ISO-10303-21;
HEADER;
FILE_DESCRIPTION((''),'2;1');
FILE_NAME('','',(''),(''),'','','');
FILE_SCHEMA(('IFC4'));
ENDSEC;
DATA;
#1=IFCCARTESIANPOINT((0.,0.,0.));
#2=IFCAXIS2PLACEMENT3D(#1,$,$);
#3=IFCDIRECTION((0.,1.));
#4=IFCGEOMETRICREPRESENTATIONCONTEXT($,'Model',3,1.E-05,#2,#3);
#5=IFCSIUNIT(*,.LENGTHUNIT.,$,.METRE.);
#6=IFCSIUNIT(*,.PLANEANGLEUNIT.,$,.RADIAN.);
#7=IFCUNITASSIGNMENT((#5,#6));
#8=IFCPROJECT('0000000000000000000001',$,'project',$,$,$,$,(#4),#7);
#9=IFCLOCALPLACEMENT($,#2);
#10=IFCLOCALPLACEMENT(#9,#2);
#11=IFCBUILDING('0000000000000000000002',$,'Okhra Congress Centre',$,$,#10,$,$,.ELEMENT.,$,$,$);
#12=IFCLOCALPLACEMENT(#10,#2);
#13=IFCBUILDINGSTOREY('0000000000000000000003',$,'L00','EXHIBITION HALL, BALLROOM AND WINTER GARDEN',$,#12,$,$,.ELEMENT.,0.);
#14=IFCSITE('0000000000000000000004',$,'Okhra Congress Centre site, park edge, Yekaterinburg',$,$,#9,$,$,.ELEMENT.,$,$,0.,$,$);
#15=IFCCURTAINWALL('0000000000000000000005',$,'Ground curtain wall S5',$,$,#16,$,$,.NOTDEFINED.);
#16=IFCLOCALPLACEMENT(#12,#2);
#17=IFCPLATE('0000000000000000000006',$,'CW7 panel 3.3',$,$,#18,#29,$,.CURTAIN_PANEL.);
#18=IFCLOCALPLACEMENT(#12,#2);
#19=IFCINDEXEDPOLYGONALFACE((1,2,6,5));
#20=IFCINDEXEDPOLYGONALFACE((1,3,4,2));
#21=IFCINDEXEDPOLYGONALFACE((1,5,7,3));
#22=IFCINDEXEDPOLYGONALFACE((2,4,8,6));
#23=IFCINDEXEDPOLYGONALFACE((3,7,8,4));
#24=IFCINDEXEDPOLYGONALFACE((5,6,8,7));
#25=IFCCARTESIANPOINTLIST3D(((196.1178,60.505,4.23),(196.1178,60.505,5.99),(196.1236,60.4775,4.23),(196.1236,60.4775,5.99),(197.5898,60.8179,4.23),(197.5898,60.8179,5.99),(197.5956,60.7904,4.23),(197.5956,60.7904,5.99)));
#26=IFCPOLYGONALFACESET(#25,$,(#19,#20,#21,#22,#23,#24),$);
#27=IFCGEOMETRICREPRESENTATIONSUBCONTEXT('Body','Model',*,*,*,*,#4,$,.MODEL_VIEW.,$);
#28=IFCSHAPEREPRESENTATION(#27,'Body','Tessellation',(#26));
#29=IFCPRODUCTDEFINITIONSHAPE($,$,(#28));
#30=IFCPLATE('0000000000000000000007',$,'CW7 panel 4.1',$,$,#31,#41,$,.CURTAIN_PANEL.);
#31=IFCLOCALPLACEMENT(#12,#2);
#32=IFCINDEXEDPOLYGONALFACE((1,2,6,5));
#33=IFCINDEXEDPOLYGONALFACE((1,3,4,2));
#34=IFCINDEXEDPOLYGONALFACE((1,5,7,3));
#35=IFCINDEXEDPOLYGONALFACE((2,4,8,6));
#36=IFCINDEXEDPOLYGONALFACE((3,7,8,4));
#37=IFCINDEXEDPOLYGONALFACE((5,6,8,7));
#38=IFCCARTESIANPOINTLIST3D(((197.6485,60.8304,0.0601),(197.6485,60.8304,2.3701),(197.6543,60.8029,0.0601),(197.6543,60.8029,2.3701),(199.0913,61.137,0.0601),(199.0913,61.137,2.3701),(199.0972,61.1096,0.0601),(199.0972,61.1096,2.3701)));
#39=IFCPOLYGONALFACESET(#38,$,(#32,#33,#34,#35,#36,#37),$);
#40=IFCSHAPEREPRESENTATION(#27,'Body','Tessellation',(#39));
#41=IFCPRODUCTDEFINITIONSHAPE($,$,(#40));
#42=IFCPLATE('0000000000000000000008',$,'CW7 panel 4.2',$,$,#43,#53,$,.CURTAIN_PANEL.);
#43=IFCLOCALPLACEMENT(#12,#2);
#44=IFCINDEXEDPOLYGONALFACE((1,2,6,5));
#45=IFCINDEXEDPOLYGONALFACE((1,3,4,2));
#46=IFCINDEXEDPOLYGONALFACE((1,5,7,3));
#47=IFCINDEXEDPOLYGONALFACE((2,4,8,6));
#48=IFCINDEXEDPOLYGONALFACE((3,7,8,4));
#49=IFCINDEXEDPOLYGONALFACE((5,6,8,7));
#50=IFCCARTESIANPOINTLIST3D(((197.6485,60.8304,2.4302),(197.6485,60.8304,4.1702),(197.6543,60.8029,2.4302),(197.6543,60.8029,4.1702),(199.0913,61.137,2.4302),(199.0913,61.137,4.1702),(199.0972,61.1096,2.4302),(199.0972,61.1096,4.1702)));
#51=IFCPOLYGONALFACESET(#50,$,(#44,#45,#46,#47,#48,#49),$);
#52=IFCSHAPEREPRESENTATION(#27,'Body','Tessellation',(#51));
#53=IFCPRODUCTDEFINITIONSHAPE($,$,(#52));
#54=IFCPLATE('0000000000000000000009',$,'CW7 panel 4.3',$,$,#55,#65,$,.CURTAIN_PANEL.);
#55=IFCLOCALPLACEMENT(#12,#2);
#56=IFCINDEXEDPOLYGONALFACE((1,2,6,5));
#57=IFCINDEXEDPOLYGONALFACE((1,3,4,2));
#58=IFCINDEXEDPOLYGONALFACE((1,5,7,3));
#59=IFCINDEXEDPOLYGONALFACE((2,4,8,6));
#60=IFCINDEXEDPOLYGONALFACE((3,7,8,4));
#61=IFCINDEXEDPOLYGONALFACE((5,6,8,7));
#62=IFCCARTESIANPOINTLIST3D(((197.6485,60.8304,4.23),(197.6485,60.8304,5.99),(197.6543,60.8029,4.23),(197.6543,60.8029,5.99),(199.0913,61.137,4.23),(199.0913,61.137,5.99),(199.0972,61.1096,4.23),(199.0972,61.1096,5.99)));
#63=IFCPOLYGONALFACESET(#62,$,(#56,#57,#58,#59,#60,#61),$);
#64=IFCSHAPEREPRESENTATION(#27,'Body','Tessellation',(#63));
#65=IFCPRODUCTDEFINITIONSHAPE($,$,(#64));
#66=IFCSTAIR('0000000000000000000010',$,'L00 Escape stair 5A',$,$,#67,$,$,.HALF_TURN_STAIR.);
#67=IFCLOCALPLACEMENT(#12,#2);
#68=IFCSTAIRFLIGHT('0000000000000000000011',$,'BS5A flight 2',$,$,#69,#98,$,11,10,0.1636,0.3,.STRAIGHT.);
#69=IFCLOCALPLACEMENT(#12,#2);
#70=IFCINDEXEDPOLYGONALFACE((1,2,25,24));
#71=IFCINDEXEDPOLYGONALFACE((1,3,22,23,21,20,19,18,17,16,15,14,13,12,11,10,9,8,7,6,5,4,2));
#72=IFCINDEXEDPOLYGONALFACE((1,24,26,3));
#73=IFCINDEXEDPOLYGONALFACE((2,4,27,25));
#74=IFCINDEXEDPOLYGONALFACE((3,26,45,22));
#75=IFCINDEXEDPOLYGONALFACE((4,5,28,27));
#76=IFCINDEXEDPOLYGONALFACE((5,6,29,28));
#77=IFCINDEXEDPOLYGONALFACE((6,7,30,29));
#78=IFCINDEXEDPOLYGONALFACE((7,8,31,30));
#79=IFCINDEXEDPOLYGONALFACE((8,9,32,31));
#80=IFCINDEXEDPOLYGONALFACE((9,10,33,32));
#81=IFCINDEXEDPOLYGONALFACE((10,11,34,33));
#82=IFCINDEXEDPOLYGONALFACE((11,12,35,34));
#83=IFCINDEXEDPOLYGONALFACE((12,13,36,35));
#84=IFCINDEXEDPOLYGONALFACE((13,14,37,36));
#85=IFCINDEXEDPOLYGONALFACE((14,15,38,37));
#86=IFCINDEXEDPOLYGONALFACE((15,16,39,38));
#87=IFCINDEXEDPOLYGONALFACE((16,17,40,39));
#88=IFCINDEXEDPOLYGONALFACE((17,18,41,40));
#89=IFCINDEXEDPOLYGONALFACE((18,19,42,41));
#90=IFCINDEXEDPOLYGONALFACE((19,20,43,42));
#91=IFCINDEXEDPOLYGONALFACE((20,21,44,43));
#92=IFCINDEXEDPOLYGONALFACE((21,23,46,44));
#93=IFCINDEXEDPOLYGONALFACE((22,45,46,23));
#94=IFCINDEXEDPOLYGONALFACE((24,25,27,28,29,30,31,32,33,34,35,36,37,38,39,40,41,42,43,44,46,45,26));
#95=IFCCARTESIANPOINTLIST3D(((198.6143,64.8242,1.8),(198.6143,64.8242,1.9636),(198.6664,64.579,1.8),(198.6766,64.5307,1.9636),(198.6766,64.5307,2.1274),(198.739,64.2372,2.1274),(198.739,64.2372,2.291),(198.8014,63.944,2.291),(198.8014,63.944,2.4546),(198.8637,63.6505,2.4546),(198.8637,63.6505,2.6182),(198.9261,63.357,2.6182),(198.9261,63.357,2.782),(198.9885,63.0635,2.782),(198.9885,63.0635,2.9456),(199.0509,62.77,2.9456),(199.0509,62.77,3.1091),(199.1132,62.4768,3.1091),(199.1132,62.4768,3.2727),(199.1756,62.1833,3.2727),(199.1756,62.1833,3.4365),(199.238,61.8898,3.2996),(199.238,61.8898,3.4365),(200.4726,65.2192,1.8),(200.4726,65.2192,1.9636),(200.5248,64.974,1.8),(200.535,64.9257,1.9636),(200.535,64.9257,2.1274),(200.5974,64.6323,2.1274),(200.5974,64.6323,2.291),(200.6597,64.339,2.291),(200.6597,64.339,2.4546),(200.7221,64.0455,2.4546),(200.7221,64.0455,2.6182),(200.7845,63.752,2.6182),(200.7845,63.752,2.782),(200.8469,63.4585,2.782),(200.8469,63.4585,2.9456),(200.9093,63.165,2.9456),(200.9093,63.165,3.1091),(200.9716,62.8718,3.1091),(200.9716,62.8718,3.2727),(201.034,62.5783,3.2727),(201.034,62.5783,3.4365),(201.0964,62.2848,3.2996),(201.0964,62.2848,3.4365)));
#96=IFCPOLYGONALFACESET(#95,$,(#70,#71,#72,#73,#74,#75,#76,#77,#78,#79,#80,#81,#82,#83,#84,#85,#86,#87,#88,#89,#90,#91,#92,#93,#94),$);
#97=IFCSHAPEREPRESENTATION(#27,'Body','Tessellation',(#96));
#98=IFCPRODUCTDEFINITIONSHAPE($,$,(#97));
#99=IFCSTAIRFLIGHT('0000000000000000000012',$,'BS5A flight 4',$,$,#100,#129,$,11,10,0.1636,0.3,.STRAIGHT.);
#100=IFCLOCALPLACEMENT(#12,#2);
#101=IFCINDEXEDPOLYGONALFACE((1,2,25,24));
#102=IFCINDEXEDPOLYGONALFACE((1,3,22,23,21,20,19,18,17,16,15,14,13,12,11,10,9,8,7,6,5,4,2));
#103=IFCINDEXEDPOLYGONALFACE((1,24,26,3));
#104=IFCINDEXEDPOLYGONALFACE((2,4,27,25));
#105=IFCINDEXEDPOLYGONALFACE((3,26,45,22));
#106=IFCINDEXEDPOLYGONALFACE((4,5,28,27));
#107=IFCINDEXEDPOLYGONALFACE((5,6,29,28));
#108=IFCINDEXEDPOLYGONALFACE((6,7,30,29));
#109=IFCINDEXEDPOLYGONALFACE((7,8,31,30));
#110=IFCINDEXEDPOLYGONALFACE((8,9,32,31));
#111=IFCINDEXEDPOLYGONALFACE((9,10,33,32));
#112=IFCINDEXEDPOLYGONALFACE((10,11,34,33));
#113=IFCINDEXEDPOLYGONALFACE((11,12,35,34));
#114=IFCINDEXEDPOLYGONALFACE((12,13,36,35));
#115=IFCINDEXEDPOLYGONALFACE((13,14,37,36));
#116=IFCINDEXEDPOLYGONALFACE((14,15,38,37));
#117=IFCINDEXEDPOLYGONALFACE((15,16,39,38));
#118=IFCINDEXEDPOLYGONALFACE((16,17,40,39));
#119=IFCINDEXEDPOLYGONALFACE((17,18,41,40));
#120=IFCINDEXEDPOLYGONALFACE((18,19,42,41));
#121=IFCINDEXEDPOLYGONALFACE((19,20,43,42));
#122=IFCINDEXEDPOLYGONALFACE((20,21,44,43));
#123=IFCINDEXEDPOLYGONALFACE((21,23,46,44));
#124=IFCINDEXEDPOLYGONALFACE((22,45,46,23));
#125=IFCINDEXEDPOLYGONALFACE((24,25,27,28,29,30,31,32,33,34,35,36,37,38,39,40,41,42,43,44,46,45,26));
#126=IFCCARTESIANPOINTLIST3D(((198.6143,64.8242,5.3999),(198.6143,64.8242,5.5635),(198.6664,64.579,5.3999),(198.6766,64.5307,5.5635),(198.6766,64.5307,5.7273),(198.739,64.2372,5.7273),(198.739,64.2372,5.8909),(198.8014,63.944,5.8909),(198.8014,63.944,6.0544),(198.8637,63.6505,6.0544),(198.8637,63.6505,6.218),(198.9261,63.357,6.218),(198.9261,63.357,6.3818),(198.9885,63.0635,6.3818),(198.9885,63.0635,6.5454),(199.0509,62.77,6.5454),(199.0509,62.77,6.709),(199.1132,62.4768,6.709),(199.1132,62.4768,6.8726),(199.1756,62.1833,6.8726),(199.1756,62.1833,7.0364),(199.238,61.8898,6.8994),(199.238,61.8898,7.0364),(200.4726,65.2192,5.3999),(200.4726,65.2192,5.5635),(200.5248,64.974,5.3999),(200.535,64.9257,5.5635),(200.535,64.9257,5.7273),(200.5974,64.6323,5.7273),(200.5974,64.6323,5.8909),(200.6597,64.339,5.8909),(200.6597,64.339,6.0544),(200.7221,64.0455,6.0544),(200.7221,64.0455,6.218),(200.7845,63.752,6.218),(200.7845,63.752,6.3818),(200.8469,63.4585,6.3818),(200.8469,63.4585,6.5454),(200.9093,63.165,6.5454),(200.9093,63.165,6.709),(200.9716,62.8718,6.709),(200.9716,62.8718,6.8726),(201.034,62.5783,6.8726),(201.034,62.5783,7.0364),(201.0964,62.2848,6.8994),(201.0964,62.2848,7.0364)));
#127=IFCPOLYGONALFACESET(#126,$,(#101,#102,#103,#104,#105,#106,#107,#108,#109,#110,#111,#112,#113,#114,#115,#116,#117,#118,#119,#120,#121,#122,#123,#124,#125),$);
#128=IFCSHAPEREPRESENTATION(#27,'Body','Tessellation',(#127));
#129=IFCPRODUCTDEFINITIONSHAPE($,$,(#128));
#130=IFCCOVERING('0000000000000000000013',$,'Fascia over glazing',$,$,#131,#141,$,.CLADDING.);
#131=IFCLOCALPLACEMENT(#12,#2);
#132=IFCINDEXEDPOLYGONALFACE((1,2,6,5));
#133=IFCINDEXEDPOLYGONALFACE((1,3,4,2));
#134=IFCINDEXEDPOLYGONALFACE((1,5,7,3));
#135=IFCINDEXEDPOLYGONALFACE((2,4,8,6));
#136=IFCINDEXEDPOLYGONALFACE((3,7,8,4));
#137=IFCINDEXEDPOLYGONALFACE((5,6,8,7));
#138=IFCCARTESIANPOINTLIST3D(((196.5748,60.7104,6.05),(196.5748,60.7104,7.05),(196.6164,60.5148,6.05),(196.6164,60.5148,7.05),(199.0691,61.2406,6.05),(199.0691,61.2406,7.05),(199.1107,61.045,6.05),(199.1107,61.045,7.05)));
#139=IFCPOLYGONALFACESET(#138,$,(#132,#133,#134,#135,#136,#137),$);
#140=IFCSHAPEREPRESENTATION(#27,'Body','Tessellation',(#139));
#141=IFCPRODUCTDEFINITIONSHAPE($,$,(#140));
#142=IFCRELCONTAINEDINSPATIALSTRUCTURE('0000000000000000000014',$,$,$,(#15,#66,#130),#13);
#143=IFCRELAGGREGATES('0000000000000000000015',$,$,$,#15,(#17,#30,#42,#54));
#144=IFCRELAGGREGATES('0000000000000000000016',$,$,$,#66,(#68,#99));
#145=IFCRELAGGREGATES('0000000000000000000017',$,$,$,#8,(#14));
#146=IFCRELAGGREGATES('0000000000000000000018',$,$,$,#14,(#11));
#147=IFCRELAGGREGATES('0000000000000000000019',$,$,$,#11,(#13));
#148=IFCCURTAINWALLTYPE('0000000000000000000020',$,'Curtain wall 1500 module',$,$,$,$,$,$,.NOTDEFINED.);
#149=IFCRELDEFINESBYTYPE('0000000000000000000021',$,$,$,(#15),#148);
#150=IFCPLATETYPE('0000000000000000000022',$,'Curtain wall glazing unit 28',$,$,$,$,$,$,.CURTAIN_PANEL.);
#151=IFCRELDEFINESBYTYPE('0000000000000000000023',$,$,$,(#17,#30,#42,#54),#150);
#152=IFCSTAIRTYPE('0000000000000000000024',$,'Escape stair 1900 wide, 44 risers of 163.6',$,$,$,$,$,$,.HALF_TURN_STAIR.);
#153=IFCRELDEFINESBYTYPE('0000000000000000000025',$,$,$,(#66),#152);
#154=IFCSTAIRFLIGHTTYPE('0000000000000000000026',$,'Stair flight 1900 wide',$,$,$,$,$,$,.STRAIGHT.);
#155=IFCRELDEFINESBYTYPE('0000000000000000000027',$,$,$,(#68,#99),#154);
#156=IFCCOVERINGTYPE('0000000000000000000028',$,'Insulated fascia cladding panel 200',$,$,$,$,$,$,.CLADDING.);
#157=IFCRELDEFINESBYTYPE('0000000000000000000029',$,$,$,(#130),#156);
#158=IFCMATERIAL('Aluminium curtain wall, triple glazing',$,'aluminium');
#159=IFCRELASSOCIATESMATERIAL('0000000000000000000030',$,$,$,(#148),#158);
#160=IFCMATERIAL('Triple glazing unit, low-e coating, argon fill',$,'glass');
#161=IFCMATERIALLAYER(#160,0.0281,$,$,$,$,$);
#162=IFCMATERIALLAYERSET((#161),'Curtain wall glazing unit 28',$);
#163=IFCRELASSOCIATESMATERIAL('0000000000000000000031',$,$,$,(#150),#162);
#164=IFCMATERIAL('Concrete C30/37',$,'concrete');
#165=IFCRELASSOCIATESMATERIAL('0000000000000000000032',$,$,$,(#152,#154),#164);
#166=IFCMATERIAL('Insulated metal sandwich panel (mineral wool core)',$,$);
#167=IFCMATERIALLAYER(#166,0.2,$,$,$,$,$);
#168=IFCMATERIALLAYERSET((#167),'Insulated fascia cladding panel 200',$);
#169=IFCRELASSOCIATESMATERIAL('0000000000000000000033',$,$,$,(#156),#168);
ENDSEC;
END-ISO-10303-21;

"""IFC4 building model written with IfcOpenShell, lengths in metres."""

from ifc_helpers import new_model, si_unit, direction, frame, origin, origin_2d, place, context, subcontext, project, spatial, polyline, rectangle, outline, extrude, material, layer, layer_set, type_object, element, aggregate, save


model = new_model("IFC4")

# Units and contexts
model_context = context("Model", 3, precision=1e-05, world=origin(), true_north=direction((0.0, 1.0)))
body_context = subcontext(model_context, "Body", "Model", "MODEL_VIEW")
ifc_project = project(units=[si_unit("LENGTHUNIT", "METRE"), si_unit("PLANEANGLEUNIT", "RADIAN")], contexts=[model_context])

# Site, building, storey
site_placement = place(None, origin())
site = spatial("IfcSite", under=ifc_project, at=site_placement, Name="Okhra Congress Centre site, park edge, Yekaterinburg", CompositionType="ELEMENT", RefElevation=0.0)
building_placement = place(site_placement, origin())
building = spatial("IfcBuilding", under=site, at=building_placement, Name="Okhra Congress Centre", CompositionType="ELEMENT")
storey_placement = place(building_placement, origin())
storey = spatial("IfcBuildingStorey", under=building, at=storey_placement, Name="L00", Description="EXHIBITION HALL, BALLROOM AND WINTER GARDEN", CompositionType="ELEMENT", Elevation=0.0)

# Shared definitions
ifc_material_1 = material(Name="Concrete C30/37", Category="concrete")

# Curtain wall, plates
ifc_material_2 = material(Name="Aluminium curtain wall, triple glazing", Category="aluminium")
curtain_wall_type = type_object("IfcCurtainWallType", Name="Curtain wall 1500 module", PredefinedType="NOTDEFINED", material=ifc_material_2)
curtain_wall_placement = place(storey_placement, origin())
curtain_wall = element("IfcCurtainWall", 1, at=curtain_wall_placement, inside=storey, type_object=curtain_wall_type, Name="Ground curtain wall S5", PredefinedType="NOTDEFINED")
ifc_material_3 = material(Name="Triple glazing unit, low-e coating, argon fill", Category="glass")
ifc_layer_1 = layer(ifc_material_3, 0.0281)
ifc_layer_set_1 = layer_set([ifc_layer_1], Name="Curtain wall glazing unit 28")
plate_type = type_object("IfcPlateType", Name="Curtain wall glazing unit 28", PredefinedType="CURTAIN_PANEL", material=ifc_layer_set_1)
plate_1_placement = place(storey_placement, frame((196.8567, 60.6477, 4.23), z_axis=(0.0, 0.0, 1.0), x_axis=(0.978148, 0.207912, 0.0)))
plate_1 = element("IfcPlate", 2, at=plate_1_placement, type_object=plate_type, Name="CW7 panel 3.3", PredefinedType="CURTAIN_PANEL", context=body_context, shape_type="SweptSolid", body=[
    extrude(rectangle(XDim=1.5049, YDim=0.0281, at=origin_2d()), origin(), (0.0, 0.0, 1.0), 1.76),
])
plate_2_placement = place(storey_placement, frame((198.3728, 60.97, 0.0601), z_axis=(0.0, 0.0, 1.0), x_axis=(0.978148, 0.207912, 0.0)))
plate_2 = element("IfcPlate", 3, at=plate_2_placement, type_object=plate_type, Name="CW7 panel 4.1", PredefinedType="CURTAIN_PANEL", context=body_context, shape_type="SweptSolid", body=[
    extrude(rectangle(XDim=1.4751, YDim=0.0281, at=origin_2d()), origin(), (0.0, 0.0, 1.0), 2.3101),
])
plate_3_placement = place(storey_placement, frame((198.3728, 60.97, 2.4302), z_axis=(0.0, 0.0, 1.0), x_axis=(0.978148, 0.207912, 0.0)))
plate_3 = element("IfcPlate", 4, at=plate_3_placement, type_object=plate_type, Name="CW7 panel 4.2", PredefinedType="CURTAIN_PANEL", context=body_context, shape_type="SweptSolid", body=[
    extrude(rectangle(XDim=1.4751, YDim=0.0281, at=origin_2d()), origin(), (0.0, 0.0, 1.0), 1.74),
])
plate_4_placement = place(storey_placement, frame((198.3728, 60.97, 4.23), z_axis=(0.0, 0.0, 1.0), x_axis=(0.978148, 0.207912, 0.0)))
plate_4 = element("IfcPlate", 5, at=plate_4_placement, type_object=plate_type, Name="CW7 panel 4.3", PredefinedType="CURTAIN_PANEL", context=body_context, shape_type="SweptSolid", body=[
    extrude(rectangle(XDim=1.4751, YDim=0.0281, at=origin_2d()), origin(), (0.0, 0.0, 1.0), 1.76),
])
aggregate(curtain_wall, [plate_1, plate_2, plate_3, plate_4])

# Stair, stair flights
stair_type = type_object("IfcStairType", Name="Escape stair 1900 wide, 44 risers of 163.6", PredefinedType="HALF_TURN_STAIR", material=ifc_material_1)
stair_placement = place(storey_placement, origin())
stair = element("IfcStair", 6, at=stair_placement, inside=storey, type_object=stair_type, Name="L00 Escape stair 5A", PredefinedType="HALF_TURN_STAIR")
stair_flight_type = type_object("IfcStairFlightType", Name="Stair flight 1900 wide", PredefinedType="STRAIGHT", material=ifc_material_1)
stair_flight_1_placement = place(storey_placement, frame((199.5435, 65.0217, 1.8), z_axis=(0.0, 0.0, 1.0), x_axis=(0.207912, -0.978148, 0.0)))
stair_flight_1 = element("IfcStairFlight", 7, at=stair_flight_1_placement, type_object=stair_flight_type, Name="BS5A flight 2", NumberOfRisers=11, NumberOfTreads=10, PredefinedType="STRAIGHT", RiserHeight=0.1636, TreadLength=0.3, context=body_context, shape_type="SweptSolid", body=[
    extrude(outline(polyline([(0.0, 0.0), (0.0, 0.1636), (0.3, 0.1636), (0.3, 0.3274), (0.6001, 0.3274), (0.6001, 0.491), (0.8999, 0.491), (0.8999, 0.6545), (1.2, 0.6545), (1.2, 0.8181), (1.5, 0.8181), (1.5, 0.9819), (1.8, 0.9819), (1.8, 1.1455), (2.1001, 1.1455), (2.1001, 1.3091), (2.3999, 1.3091), (2.3999, 1.4727), (2.7, 1.4727), (2.7, 1.6365), (3.0, 1.6365), (3.0, 1.8), (3.0, 1.4995), (0.2507, 0.0), (0.0, 0.0)])), frame((0.0, 0.95, 0.0), z_axis=(0.0, -1.0, 0.0), x_axis=(1.0, 0.0, 0.0)), (0.0, 0.0, 1.0), 1.8999),
])
stair_flight_2_placement = place(storey_placement, frame((199.5435, 65.0217, 5.3999), z_axis=(0.0, 0.0, 1.0), x_axis=(0.207912, -0.978148, 0.0)))
stair_flight_2 = element("IfcStairFlight", 8, at=stair_flight_2_placement, type_object=stair_flight_type, Name="BS5A flight 4", NumberOfRisers=11, NumberOfTreads=10, PredefinedType="STRAIGHT", RiserHeight=0.1636, TreadLength=0.3, context=body_context, shape_type="SweptSolid", body=[
    extrude(outline(polyline([(0.0, 0.0), (0.0, 0.1636), (0.3, 0.1636), (0.3, 0.3274), (0.6001, 0.3274), (0.6001, 0.491), (0.8999, 0.491), (0.8999, 0.6545), (1.2, 0.6545), (1.2, 0.8181), (1.5, 0.8181), (1.5, 0.9819), (1.8, 0.9819), (1.8, 1.1455), (2.1001, 1.1455), (2.1001, 1.3091), (2.3999, 1.3091), (2.3999, 1.4727), (2.7, 1.4727), (2.7, 1.6365), (3.0, 1.6365), (3.0, 1.8), (3.0, 1.4995), (0.2507, 0.0), (0.0, 0.0)])), frame((0.0, 0.95, 0.0), z_axis=(0.0, -1.0, 0.0), x_axis=(1.0, 0.0, 0.0)), (0.0, 0.0, 1.0), 1.8999),
])
aggregate(stair, [stair_flight_1, stair_flight_2])

# Covering
ifc_material_4 = material(Name="Insulated metal sandwich panel (mineral wool core)")
ifc_layer_2 = layer(ifc_material_4, 0.2)
ifc_layer_set_2 = layer_set([ifc_layer_2], Name="Insulated fascia cladding panel 200")
covering_type = type_object("IfcCoveringType", Name="Insulated fascia cladding panel 200", PredefinedType="CLADDING", material=ifc_layer_set_2)
covering_placement = place(storey_placement, frame((197.8428, 60.8777, 6.05), z_axis=(0.0, 0.0, 1.0), x_axis=(0.978148, 0.207912, 0.0)))
element("IfcCovering", 9, at=covering_placement, inside=storey, type_object=covering_type, Name="Fascia over glazing", PredefinedType="CLADDING", context=body_context, shape_type="SweptSolid", body=[
    extrude(rectangle(XDim=2.55, YDim=0.2, at=origin_2d()), origin(), (0.0, 0.0, 1.0), 1.0),
])

save(model, "model.ifc")
